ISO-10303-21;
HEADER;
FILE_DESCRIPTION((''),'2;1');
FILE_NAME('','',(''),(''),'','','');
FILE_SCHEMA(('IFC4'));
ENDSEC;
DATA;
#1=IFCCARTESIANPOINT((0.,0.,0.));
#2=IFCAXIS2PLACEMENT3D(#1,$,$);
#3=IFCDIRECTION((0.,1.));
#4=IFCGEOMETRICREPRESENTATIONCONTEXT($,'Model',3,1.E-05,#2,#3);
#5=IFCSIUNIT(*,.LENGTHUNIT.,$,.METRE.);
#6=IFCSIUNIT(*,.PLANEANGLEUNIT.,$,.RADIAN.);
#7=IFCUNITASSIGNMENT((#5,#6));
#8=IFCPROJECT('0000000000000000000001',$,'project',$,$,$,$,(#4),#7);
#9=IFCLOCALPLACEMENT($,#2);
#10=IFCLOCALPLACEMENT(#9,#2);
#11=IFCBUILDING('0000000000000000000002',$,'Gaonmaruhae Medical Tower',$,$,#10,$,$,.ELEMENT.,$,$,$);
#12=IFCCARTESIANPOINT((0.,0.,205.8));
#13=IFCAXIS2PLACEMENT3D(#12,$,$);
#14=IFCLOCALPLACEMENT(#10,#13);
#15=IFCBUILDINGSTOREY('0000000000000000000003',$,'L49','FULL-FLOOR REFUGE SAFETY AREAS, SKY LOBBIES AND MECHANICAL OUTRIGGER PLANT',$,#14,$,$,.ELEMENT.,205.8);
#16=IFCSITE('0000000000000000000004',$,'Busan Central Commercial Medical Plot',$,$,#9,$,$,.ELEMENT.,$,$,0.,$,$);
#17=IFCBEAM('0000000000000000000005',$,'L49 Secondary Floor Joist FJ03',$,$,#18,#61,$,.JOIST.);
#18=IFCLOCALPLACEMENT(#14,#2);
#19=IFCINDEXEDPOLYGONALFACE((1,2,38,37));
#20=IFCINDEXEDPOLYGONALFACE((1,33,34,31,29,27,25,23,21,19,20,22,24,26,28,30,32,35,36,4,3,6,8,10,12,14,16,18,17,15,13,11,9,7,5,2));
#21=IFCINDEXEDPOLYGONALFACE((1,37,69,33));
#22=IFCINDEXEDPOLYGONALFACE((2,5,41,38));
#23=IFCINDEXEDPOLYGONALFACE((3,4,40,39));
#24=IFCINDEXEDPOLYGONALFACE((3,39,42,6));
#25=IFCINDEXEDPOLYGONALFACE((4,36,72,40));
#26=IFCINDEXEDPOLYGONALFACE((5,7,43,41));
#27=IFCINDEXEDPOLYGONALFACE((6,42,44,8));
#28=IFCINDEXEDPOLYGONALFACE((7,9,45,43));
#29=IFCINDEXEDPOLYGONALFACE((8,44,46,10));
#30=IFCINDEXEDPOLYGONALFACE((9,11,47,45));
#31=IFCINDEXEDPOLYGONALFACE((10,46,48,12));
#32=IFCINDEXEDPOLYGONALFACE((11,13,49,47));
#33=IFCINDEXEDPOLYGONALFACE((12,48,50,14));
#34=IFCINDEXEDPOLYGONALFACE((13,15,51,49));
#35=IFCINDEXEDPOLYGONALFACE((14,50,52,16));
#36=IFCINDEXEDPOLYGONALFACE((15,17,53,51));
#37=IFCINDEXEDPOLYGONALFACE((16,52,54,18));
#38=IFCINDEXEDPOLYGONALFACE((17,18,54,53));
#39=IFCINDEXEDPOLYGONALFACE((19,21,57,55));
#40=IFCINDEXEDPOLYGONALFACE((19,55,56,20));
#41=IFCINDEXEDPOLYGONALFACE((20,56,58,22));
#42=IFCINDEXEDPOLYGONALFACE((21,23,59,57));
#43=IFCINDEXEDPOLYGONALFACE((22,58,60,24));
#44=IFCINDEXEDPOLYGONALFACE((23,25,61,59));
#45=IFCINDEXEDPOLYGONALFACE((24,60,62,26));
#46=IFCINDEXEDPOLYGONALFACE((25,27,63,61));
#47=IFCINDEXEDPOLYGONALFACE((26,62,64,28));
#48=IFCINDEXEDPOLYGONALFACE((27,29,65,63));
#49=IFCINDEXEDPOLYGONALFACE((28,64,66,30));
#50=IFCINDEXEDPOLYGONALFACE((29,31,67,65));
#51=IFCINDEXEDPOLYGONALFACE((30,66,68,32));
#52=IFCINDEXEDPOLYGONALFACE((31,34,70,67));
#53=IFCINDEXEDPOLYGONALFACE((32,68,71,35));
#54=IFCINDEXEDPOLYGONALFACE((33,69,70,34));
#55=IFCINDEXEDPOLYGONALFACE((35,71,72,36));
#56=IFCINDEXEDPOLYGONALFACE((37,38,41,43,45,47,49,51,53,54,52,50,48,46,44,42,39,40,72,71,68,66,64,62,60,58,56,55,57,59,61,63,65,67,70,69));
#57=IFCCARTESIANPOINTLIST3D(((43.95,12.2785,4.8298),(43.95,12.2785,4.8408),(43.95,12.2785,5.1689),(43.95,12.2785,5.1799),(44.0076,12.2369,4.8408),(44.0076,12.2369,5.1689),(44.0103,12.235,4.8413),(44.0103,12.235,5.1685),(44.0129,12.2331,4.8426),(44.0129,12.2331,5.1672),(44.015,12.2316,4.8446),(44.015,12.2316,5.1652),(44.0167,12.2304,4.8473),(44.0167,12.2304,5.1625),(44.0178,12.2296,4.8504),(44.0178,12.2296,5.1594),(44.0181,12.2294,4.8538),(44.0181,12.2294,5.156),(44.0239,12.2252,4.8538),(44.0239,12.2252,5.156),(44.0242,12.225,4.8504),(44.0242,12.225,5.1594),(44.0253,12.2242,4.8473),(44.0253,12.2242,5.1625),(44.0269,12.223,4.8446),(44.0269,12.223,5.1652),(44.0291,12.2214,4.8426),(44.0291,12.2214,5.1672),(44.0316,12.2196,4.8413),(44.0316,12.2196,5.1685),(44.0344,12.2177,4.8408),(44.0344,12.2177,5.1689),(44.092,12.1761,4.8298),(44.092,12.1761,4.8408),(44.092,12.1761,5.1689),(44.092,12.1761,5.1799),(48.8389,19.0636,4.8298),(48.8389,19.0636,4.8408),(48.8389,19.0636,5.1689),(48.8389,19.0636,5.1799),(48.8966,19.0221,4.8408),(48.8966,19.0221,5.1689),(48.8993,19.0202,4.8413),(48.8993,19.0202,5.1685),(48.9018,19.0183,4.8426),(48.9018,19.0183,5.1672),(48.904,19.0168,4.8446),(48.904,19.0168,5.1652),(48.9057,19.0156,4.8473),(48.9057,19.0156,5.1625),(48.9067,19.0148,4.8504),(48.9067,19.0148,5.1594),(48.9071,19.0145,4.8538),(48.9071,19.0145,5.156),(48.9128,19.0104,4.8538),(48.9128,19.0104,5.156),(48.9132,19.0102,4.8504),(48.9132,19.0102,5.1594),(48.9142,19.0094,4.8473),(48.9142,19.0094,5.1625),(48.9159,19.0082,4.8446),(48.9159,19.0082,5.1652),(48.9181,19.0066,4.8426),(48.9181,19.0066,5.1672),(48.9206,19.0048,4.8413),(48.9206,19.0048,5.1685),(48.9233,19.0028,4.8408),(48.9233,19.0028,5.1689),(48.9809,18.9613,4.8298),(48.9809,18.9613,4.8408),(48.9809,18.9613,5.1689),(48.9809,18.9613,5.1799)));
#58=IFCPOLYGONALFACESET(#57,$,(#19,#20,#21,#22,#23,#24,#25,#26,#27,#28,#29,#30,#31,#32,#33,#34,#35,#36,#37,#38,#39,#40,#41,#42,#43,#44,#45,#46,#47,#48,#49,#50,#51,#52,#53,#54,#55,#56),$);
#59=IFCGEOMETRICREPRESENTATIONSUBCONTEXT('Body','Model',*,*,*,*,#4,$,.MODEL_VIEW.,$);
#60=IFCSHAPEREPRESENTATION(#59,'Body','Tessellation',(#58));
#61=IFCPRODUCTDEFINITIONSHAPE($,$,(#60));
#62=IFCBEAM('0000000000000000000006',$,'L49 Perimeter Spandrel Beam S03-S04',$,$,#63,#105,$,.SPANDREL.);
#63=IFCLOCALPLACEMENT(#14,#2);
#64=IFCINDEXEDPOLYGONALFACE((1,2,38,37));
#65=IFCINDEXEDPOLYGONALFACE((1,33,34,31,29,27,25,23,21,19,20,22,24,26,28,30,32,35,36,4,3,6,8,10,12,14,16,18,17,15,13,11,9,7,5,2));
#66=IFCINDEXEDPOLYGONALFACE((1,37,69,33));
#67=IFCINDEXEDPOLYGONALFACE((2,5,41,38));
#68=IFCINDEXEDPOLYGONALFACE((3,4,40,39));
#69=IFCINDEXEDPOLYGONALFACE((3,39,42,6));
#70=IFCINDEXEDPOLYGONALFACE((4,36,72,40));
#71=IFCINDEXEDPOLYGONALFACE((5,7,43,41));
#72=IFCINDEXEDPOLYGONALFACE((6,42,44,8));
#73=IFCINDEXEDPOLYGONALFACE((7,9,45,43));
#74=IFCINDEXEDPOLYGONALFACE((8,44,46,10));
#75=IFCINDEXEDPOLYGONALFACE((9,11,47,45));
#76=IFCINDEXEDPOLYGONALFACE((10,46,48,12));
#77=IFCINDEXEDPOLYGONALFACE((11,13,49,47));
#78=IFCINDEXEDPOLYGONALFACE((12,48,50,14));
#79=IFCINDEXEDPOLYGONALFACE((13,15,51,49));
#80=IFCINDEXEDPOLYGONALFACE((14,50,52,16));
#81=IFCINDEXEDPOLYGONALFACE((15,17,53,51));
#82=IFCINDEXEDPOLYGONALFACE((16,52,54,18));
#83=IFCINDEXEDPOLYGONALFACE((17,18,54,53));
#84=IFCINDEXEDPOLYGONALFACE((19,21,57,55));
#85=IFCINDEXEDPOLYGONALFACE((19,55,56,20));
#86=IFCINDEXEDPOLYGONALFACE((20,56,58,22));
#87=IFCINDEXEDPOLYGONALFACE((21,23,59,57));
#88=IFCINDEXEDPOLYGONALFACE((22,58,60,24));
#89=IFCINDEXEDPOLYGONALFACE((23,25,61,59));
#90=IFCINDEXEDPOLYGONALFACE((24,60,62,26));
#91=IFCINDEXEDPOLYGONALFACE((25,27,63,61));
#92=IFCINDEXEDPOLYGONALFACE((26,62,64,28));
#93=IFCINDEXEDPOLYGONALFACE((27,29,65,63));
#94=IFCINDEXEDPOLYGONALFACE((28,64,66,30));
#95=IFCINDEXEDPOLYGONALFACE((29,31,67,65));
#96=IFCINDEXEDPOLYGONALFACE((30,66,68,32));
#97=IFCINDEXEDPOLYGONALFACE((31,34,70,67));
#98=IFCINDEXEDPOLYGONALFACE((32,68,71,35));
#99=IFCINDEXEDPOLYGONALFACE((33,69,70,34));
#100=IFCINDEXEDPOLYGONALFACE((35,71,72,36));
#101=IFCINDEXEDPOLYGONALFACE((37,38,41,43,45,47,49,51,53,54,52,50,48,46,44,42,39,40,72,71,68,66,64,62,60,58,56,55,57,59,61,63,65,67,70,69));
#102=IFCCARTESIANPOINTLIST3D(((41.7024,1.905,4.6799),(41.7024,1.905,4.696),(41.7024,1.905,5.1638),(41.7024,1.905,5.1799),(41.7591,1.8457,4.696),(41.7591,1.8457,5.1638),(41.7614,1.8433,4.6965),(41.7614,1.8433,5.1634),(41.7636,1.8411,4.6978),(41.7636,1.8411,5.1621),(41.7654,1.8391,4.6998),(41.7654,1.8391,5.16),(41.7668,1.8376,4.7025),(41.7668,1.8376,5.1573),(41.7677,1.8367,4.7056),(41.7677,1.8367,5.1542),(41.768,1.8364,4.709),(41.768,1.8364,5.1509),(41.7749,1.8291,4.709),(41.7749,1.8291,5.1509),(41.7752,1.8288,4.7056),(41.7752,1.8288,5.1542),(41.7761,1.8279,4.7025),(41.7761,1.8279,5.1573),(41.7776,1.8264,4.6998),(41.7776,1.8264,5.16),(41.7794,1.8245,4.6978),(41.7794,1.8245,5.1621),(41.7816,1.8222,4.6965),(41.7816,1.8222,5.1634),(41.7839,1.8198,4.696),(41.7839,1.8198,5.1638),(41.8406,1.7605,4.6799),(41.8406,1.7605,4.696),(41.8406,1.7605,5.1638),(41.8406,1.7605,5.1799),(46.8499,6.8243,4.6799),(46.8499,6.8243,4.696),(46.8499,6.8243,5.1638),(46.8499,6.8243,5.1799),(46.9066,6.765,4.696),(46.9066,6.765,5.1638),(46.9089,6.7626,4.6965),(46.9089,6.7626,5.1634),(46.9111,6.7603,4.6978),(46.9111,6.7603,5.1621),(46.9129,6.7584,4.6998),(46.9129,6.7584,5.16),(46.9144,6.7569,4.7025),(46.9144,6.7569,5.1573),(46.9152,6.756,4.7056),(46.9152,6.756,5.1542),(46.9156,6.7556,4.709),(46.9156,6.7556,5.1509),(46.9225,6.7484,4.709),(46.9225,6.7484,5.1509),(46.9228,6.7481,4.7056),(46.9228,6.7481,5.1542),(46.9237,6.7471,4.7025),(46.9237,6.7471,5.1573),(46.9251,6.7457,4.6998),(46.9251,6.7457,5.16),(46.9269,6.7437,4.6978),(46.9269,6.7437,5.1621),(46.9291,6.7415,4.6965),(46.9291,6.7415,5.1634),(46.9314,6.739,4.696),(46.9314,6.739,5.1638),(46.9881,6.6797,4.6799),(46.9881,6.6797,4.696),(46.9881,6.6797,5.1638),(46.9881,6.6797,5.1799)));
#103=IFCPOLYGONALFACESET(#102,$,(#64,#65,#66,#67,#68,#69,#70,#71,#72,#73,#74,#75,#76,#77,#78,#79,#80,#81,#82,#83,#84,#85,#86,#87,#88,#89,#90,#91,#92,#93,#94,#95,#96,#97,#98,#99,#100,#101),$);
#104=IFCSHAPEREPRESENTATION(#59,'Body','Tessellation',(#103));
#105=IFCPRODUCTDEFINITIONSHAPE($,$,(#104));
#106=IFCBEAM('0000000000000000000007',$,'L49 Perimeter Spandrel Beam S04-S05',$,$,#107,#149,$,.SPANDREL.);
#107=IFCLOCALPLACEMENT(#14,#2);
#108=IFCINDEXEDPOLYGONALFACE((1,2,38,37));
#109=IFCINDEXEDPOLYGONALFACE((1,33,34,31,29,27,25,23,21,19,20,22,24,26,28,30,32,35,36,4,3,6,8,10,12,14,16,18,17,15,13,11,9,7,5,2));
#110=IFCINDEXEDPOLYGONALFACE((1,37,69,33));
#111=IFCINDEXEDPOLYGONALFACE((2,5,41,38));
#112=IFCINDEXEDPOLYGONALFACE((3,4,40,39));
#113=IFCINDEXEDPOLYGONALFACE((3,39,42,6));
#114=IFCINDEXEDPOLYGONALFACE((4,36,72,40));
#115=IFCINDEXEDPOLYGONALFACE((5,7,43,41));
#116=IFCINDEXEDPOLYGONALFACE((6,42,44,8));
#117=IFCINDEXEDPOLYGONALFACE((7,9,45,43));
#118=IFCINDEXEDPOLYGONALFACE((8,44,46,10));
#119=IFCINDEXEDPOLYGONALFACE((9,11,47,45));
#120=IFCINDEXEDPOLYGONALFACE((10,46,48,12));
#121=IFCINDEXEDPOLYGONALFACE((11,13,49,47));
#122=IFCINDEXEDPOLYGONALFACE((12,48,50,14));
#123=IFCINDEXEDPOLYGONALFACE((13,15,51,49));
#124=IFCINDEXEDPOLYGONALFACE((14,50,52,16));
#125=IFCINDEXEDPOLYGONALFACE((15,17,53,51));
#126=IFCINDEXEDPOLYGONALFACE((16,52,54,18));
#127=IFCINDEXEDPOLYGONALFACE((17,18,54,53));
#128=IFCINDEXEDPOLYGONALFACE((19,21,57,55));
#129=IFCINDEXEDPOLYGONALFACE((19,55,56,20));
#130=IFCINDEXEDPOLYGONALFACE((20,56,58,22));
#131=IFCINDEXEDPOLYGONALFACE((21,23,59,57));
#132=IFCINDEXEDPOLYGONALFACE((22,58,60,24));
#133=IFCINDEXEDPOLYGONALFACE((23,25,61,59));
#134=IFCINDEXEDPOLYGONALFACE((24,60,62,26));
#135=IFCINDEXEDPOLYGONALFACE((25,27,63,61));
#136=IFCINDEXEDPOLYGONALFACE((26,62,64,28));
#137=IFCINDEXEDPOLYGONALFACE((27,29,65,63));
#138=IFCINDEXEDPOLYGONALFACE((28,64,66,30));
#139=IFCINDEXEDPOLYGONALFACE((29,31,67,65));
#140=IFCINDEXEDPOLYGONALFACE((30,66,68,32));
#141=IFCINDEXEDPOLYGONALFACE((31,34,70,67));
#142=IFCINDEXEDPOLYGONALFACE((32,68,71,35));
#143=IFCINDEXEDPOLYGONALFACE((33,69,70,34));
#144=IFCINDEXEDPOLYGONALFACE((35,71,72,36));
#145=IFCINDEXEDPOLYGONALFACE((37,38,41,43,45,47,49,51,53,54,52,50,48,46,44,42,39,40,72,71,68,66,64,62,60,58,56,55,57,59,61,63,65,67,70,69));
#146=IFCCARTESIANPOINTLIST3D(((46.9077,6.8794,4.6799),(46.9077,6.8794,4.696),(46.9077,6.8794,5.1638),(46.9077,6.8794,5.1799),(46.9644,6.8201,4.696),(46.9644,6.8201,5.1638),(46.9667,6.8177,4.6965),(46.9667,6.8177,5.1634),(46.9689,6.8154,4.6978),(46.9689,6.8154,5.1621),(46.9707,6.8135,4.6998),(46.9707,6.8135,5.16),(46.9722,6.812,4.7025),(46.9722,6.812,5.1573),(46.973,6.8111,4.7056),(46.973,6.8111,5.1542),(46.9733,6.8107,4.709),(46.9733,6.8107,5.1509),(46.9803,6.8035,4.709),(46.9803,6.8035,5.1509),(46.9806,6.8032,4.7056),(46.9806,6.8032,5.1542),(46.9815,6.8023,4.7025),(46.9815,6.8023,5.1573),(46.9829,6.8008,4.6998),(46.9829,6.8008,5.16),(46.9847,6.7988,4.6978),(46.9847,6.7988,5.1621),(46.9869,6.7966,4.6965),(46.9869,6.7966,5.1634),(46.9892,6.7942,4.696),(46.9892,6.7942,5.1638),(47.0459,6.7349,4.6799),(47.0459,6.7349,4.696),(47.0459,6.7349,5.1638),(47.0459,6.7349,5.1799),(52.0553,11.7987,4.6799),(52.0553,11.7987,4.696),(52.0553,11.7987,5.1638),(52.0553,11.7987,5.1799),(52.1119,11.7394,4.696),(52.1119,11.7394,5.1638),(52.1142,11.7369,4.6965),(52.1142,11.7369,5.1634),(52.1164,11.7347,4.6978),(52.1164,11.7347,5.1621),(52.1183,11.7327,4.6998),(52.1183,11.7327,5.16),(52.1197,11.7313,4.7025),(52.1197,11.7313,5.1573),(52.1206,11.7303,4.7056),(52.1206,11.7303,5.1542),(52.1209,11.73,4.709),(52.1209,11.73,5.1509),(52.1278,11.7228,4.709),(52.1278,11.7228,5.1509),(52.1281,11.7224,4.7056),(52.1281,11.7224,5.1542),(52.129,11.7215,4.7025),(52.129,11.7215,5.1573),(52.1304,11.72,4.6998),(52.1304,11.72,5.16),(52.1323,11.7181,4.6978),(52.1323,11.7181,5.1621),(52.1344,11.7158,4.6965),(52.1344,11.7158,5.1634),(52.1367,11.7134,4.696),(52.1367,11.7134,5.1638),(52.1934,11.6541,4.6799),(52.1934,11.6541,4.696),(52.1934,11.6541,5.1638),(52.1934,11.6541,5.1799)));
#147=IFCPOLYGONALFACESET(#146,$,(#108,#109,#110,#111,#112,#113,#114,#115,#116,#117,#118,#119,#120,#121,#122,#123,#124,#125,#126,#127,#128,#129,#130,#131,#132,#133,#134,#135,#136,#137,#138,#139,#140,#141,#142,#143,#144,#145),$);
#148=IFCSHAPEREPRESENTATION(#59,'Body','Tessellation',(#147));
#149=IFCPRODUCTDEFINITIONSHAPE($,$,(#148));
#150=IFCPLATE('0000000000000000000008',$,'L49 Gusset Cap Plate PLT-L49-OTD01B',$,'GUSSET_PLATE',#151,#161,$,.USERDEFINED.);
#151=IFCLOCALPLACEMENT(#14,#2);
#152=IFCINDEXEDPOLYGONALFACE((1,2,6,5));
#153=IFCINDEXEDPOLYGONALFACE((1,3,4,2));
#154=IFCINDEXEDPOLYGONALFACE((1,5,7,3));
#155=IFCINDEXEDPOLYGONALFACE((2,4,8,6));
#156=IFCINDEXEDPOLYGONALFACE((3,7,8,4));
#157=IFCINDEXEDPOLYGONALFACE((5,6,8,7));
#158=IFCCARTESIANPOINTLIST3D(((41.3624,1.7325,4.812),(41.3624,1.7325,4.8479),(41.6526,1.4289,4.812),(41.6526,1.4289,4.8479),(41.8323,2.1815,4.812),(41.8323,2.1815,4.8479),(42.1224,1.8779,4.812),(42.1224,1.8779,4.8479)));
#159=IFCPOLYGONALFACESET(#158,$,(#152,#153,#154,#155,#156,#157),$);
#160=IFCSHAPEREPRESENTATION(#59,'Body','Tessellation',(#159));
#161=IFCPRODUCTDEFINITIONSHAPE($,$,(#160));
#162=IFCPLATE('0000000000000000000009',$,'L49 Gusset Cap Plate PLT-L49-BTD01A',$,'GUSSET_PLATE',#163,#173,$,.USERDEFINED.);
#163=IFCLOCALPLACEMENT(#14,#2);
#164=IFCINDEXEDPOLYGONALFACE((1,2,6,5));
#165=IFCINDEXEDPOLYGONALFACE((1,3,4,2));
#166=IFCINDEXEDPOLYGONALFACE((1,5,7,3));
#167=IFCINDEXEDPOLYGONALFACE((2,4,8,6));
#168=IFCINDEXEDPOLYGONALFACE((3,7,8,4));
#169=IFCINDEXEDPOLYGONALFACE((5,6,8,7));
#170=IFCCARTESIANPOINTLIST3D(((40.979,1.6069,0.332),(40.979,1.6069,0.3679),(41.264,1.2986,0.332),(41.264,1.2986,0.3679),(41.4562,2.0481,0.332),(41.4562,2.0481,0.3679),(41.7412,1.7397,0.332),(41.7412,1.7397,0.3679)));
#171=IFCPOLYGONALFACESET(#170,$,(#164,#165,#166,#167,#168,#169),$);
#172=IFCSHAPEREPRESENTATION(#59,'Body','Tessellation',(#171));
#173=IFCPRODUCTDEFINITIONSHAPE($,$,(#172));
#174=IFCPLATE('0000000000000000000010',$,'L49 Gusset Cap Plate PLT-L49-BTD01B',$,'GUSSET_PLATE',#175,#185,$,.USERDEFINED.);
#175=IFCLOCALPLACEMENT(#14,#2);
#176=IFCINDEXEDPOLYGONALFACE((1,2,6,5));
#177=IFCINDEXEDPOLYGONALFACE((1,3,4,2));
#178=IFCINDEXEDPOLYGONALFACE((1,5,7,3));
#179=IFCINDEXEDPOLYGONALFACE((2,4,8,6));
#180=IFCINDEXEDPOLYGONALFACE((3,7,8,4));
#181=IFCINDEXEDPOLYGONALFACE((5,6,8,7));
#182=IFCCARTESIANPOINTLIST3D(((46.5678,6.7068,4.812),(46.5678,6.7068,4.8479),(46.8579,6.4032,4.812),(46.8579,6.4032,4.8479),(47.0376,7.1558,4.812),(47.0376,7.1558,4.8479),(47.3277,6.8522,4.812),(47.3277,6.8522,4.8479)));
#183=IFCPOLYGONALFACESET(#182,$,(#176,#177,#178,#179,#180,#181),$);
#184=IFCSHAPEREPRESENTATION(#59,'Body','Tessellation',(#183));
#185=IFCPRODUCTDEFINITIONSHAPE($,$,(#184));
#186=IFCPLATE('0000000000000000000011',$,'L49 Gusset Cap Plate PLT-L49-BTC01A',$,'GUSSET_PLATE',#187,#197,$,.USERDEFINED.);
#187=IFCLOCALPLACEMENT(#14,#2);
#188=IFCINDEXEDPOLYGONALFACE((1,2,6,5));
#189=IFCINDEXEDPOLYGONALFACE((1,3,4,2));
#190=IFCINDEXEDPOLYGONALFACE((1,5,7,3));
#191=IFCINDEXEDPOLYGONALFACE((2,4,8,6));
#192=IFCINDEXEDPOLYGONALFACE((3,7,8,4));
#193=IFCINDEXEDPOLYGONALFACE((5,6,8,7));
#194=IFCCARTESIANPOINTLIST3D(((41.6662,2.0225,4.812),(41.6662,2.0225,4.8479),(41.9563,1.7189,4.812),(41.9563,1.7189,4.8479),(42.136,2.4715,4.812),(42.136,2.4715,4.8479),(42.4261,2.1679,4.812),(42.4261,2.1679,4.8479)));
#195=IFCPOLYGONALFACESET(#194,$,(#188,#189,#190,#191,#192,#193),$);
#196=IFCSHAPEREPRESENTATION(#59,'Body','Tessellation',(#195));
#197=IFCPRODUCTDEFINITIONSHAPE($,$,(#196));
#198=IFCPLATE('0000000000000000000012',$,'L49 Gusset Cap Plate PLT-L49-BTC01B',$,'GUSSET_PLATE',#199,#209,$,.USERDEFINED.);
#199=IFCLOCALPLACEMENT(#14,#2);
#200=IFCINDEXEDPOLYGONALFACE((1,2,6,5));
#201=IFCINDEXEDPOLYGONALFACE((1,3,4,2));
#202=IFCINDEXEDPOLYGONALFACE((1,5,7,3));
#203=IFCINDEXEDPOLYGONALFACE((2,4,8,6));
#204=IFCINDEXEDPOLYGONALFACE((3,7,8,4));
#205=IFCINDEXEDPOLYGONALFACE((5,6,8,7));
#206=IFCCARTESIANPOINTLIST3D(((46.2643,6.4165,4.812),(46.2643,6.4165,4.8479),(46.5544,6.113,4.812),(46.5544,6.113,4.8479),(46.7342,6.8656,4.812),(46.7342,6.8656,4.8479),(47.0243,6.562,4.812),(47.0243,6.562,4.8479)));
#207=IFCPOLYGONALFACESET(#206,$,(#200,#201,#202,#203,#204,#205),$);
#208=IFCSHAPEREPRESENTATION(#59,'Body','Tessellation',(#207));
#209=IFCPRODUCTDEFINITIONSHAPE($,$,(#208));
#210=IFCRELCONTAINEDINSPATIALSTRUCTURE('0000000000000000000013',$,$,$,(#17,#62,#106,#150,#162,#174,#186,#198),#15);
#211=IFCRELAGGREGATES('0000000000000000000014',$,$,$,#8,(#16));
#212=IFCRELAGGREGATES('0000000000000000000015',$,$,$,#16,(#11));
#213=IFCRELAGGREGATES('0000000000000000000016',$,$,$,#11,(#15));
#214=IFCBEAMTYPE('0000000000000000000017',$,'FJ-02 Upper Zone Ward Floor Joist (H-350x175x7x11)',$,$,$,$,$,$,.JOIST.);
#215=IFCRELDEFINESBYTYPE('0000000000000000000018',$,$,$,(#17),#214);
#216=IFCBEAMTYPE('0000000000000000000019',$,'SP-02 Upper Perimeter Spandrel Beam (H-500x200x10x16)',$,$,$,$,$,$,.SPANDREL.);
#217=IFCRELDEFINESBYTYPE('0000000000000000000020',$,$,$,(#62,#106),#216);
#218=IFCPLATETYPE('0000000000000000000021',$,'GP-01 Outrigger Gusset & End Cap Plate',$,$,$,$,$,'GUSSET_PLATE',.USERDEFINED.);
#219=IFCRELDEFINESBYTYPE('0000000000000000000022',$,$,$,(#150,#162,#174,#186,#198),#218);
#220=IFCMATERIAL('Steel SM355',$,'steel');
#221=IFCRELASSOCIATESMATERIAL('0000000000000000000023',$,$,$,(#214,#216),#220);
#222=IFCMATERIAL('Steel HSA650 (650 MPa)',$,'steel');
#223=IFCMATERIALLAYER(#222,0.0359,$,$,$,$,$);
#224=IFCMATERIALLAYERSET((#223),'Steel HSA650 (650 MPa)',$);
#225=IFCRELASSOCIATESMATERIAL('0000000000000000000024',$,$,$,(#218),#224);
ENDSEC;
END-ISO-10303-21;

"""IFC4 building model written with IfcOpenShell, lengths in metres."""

from ifc_helpers import new_model, si_unit, direction, frame, origin, origin_2d, place, context, subcontext, project, spatial, rectangle, i_section, extrude, material, layer, layer_set, material_profile, profile_set, type_object, element, save


model = new_model("IFC4")

# Units and contexts
model_context = context("Model", 3, precision=1e-05, world=origin(), true_north=direction((0.0, 1.0)))
body_context = subcontext(model_context, "Body", "Model", "MODEL_VIEW")
ifc_project = project(units=[si_unit("LENGTHUNIT", "METRE"), si_unit("PLANEANGLEUNIT", "RADIAN")], contexts=[model_context])

# Site, building, storey
site_placement = place(None, origin())
site = spatial("IfcSite", under=ifc_project, at=site_placement, Name="Busan Central Commercial Medical Plot", CompositionType="ELEMENT", RefElevation=0.0)
building_placement = place(site_placement, origin())
building = spatial("IfcBuilding", under=site, at=building_placement, Name="Gaonmaruhae Medical Tower", CompositionType="ELEMENT")
storey_placement = place(building_placement, frame((0.0, 0.0, 205.8)))
storey = spatial("IfcBuildingStorey", under=building, at=storey_placement, Name="L49", Description="FULL-FLOOR REFUGE SAFETY AREAS, SKY LOBBIES AND MECHANICAL OUTRIGGER PLANT", CompositionType="ELEMENT", Elevation=205.8)

# Shared definitions
ifc_material_1 = material(Name="Steel HSA650 (650 MPa)", Category="steel")

# Beams
ifc_material_2 = material(Name="Steel SM355", Category="steel")
ifc_material_profile_1 = material_profile(ifc_material_2, i_section(OverallWidth=0.175, OverallDepth=0.3501, WebThickness=0.0071, FlangeThickness=0.011, FilletRadius=0.0129, at=origin_2d()), Name="H-350x175x7x11")
ifc_profile_set_1 = profile_set([ifc_material_profile_1], Name="Steel SM355")
beam_type_1 = type_object("IfcBeamType", Name="FJ-02 Upper Zone Ward Floor Joist (H-350x175x7x11)", PredefinedType="JOIST", material=ifc_profile_set_1)
beam_1_placement = place(storey_placement, frame((44.021, 12.2273, 5.0049), z_axis=(0.584588, 0.81133, 0.0), x_axis=(-0.81133, 0.584588, 0.0)))
element("IfcBeam", 1, at=beam_1_placement, inside=storey, type_object=beam_type_1, Name="L49 Secondary Floor Joist FJ03", PredefinedType="JOIST", context=body_context, shape_type="SweptSolid", body=[
    extrude(i_section(OverallWidth=0.175, OverallDepth=0.3501, WebThickness=0.0071, FlangeThickness=0.011, FilletRadius=0.0129, at=origin_2d()), origin(), (0.0, 0.0, 1.0), 8.363),
])
ifc_material_profile_2 = material_profile(ifc_material_2, i_section(OverallWidth=0.2, OverallDepth=0.5, WebThickness=0.01, FlangeThickness=0.0161, FilletRadius=0.0129, at=origin_2d()), Name="H-500x200x10x16")
ifc_profile_set_2 = profile_set([ifc_material_profile_2], Name="Steel SM355")
beam_type_2 = type_object("IfcBeamType", Name="SP-02 Upper Perimeter Spandrel Beam (H-500x200x10x16)", PredefinedType="SPANDREL", material=ifc_profile_set_2)
for number, where, z_axis, x_axis, name in (
    (2, (41.7715, 1.8328, 4.9299), (0.722955, 0.690895, 0.0), (-0.690895, 0.722955, 0.0), "L49 Perimeter Spandrel Beam S03-S04"),
    (3, (46.9768, 6.8071, 4.9299), (0.722955, 0.690895, 0.0), (-0.690895, 0.722955, 0.0), "L49 Perimeter Spandrel Beam S04-S05"),
):
    element("IfcBeam", number, at=place(storey_placement, frame(where, z_axis=z_axis, x_axis=x_axis)), inside=storey, type_object=beam_type_2, Name=name, PredefinedType="SPANDREL", context=body_context, shape_type="SweptSolid", body=[
        extrude(i_section(OverallWidth=0.2, OverallDepth=0.5, WebThickness=0.01, FlangeThickness=0.0161, FilletRadius=0.0129, at=origin_2d()), origin(), (0.0, 0.0, 1.0), 7.1201),
    ])

# Plates
ifc_layer_1 = layer(ifc_material_1, 0.0359)
ifc_layer_set_1 = layer_set([ifc_layer_1], Name="Steel HSA650 (650 MPa)")
plate_type_1 = type_object("IfcPlateType", Name="GP-01 Outrigger Gusset & End Cap Plate", ElementType="GUSSET_PLATE", PredefinedType="USERDEFINED", material=ifc_layer_set_1)
for number, where, z_axis, x_axis, name in (
    (4, (41.7424, 1.8052, 4.812), (0.0, 0.0, 1.0), (0.722967, 0.690882, 0.0), "L49 Gusset Cap Plate PLT-L49-OTD01B"),
    (5, (41.3601, 1.6733, 0.332), (0.0, 0.0, 1.0), (0.734323, 0.678801, 0.0), "L49 Gusset Cap Plate PLT-L49-BTD01A"),
    (6, (46.9478, 6.7795, 4.812), (0.0, 0.0, 1.0), (0.722967, 0.690882, 0.0), "L49 Gusset Cap Plate PLT-L49-BTD01B"),
    (7, (42.0461, 2.0952, 4.812), (0.0, 0.0, 1.0), (0.722967, 0.690882, 0.0), "L49 Gusset Cap Plate PLT-L49-BTC01A"),
    (8, (46.6443, 6.4893, 4.812), (0.0, 0.0, 1.0), (0.722967, 0.690882, 0.0), "L49 Gusset Cap Plate PLT-L49-BTC01B"),
):
    element("IfcPlate", number, at=place(storey_placement, frame(where, z_axis=z_axis, x_axis=x_axis)), inside=storey, type_object=plate_type_1, Name=name, ObjectType="GUSSET_PLATE", PredefinedType="USERDEFINED", context=body_context, shape_type="SweptSolid", body=[
        extrude(rectangle(XDim=0.6499, YDim=0.4199, at=origin_2d()), origin(), (0.0, 0.0, 1.0), 0.0359),
    ])

save(model, "model.ifc")
